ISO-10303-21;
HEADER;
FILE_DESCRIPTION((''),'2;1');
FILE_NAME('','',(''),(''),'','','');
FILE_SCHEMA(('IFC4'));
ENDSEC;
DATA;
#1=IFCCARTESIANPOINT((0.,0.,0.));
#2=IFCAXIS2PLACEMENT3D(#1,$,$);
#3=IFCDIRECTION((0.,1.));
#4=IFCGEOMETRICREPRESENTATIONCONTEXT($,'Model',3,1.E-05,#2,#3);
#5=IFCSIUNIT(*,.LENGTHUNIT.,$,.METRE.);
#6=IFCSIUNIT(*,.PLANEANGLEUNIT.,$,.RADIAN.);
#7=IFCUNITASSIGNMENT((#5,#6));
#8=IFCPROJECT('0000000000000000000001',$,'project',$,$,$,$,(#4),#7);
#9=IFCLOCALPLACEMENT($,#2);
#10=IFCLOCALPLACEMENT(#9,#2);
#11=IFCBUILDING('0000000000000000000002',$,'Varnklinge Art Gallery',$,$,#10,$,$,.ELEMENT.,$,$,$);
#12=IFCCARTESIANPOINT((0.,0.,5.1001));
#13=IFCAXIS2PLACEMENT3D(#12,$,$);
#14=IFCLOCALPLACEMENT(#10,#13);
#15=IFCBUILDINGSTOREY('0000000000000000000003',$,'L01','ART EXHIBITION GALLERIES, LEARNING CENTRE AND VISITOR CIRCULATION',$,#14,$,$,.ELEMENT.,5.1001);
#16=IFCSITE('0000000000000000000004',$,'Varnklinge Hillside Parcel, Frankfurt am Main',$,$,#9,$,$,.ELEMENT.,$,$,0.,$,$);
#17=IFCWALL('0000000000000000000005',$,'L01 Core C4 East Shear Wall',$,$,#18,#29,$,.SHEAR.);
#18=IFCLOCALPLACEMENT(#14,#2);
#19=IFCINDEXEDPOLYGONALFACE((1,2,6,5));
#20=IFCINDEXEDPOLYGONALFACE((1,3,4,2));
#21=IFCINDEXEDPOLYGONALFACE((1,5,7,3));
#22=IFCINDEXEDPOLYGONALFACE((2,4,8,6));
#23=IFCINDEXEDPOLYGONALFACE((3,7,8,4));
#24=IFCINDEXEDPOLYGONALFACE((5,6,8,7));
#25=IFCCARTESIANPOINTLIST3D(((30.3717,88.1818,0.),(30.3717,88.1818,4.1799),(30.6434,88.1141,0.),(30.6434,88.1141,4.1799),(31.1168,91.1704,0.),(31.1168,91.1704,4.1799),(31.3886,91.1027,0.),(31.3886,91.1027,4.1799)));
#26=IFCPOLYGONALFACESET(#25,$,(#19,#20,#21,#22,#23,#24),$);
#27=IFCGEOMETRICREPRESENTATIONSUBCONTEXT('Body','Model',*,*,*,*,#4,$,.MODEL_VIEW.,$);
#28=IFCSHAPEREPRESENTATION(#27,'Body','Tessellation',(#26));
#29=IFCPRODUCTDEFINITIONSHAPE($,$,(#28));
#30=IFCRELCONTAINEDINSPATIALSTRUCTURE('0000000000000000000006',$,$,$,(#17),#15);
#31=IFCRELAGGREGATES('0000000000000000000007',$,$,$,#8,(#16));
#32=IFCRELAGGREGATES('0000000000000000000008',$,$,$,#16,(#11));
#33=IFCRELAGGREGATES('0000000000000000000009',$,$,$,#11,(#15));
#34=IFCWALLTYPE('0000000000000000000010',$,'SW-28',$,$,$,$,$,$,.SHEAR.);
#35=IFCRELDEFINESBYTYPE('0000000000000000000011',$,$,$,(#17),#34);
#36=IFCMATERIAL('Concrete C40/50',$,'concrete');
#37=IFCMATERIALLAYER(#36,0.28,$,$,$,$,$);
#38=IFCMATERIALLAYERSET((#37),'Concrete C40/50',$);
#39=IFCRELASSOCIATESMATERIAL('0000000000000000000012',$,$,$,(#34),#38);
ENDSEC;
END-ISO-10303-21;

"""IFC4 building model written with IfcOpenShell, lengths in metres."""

from ifc_helpers import new_model, si_unit, direction, frame, frame_2d, origin, place, context, subcontext, project, spatial, rectangle, extrude, material, layer, layer_set, type_object, element, save


model = new_model("IFC4")

# Units and contexts
model_context = context("Model", 3, precision=1e-05, world=origin(), true_north=direction((0.0, 1.0)))
body_context = subcontext(model_context, "Body", "Model", "MODEL_VIEW")
ifc_project = project(units=[si_unit("LENGTHUNIT", "METRE"), si_unit("PLANEANGLEUNIT", "RADIAN")], contexts=[model_context])

# Site, building, storey
site_placement = place(None, origin())
site = spatial("IfcSite", under=ifc_project, at=site_placement, Name="Varnklinge Hillside Parcel, Frankfurt am Main", CompositionType="ELEMENT", RefElevation=0.0)
building_placement = place(site_placement, origin())
building = spatial("IfcBuilding", under=site, at=building_placement, Name="Varnklinge Art Gallery", CompositionType="ELEMENT")
storey_placement = place(building_placement, frame((0.0, 0.0, 5.1001)))
storey = spatial("IfcBuildingStorey", under=building, at=storey_placement, Name="L01", Description="ART EXHIBITION GALLERIES, LEARNING CENTRE AND VISITOR CIRCULATION", CompositionType="ELEMENT", Elevation=5.1001)

# Wall
ifc_material_1 = material(Name="Concrete C40/50", Category="concrete")
ifc_layer_1 = layer(ifc_material_1, 0.28)
ifc_layer_set_1 = layer_set([ifc_layer_1], Name="Concrete C40/50")
wall_type_1 = type_object("IfcWallType", Name="SW-28", PredefinedType="SHEAR", material=ifc_layer_set_1)
wall_1_placement = place(storey_placement, frame((30.5076, 88.1479, 0.0), z_axis=(0.0, 0.0, 1.0), x_axis=(0.24192, 0.970296, 0.0)))
element("IfcWall", 1, at=wall_1_placement, inside=storey, type_object=wall_type_1, Name="L01 Core C4 East Shear Wall", PredefinedType="SHEAR", context=body_context, shape_type="SweptSolid", body=[
    extrude(rectangle(XDim=3.0801, YDim=0.28, at=frame_2d((1.54, 0.0))), origin(), (0.0, 0.0, 1.0), 4.1799),
])

save(model, "model.ifc")
